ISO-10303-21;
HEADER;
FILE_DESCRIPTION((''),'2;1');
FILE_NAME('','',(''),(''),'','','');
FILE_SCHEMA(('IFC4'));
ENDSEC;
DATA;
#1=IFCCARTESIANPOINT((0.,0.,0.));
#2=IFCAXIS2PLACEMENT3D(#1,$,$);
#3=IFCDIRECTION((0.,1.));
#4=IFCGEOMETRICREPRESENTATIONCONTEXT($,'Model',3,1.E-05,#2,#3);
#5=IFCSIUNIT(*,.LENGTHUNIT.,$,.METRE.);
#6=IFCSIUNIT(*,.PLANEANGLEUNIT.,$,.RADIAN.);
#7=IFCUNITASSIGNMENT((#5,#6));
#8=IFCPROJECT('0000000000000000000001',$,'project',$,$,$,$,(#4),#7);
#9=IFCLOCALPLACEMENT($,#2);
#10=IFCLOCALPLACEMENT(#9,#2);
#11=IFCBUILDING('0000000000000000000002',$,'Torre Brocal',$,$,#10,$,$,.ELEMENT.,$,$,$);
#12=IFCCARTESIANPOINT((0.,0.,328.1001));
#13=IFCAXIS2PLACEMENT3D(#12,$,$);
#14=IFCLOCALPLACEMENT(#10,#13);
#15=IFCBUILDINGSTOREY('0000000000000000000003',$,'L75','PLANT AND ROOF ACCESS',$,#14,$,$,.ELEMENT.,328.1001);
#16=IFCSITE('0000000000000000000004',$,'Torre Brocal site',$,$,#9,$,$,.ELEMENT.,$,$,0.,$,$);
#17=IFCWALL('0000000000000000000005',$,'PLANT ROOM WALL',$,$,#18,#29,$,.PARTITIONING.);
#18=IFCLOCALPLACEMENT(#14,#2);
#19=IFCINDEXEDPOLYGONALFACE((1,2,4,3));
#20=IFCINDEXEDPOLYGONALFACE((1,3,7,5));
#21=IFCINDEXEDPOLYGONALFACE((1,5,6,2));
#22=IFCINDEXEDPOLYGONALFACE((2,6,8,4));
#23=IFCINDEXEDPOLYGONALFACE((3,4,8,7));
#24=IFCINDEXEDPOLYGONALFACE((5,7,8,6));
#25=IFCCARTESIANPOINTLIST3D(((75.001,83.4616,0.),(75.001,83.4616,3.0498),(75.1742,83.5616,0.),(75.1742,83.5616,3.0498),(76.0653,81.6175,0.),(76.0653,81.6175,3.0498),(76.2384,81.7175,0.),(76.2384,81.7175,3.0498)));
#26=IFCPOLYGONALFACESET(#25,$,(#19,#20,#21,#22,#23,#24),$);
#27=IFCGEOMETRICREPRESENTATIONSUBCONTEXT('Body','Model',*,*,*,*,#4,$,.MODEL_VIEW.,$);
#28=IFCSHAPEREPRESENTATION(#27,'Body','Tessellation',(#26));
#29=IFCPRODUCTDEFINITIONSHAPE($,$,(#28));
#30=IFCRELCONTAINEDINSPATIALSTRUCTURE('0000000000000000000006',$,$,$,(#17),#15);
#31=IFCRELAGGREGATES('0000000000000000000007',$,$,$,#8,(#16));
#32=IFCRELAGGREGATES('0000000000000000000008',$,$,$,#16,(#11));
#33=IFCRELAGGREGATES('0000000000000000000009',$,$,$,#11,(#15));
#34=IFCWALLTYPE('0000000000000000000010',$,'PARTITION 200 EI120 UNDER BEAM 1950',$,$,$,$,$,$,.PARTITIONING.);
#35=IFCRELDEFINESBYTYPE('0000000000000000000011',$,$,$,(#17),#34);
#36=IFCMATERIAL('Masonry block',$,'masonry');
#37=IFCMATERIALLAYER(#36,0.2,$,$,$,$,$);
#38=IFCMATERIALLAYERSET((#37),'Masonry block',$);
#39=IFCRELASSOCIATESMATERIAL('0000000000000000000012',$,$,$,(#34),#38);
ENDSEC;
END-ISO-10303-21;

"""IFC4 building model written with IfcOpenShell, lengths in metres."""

from ifc_helpers import new_model, si_unit, direction, frame, frame_2d, origin, place, context, subcontext, project, spatial, rectangle, extrude, material, layer, layer_set, type_object, element, save


model = new_model("IFC4")

# Units and contexts
model_context = context("Model", 3, precision=1e-05, world=origin(), true_north=direction((0.0, 1.0)))
body_context = subcontext(model_context, "Body", "Model", "MODEL_VIEW")
ifc_project = project(units=[si_unit("LENGTHUNIT", "METRE"), si_unit("PLANEANGLEUNIT", "RADIAN")], contexts=[model_context])

# Site, building, storey
site_placement = place(None, origin())
site = spatial("IfcSite", under=ifc_project, at=site_placement, Name="Torre Brocal site", CompositionType="ELEMENT", RefElevation=0.0)
building_placement = place(site_placement, origin())
building = spatial("IfcBuilding", under=site, at=building_placement, Name="Torre Brocal", CompositionType="ELEMENT")
storey_placement = place(building_placement, frame((0.0, 0.0, 328.1001)))
storey = spatial("IfcBuildingStorey", under=building, at=storey_placement, Name="L75", Description="PLANT AND ROOF ACCESS", CompositionType="ELEMENT", Elevation=328.1001)

# Wall
ifc_material_1 = material(Name="Masonry block", Category="masonry")
ifc_layer_1 = layer(ifc_material_1, 0.2)
ifc_layer_set_1 = layer_set([ifc_layer_1], Name="Masonry block")
wall_type_1 = type_object("IfcWallType", Name="PARTITION 200 EI120 UNDER BEAM 1950", PredefinedType="PARTITIONING", material=ifc_layer_set_1)
wall_1_placement = place(storey_placement, frame((75.0876, 83.5115, 0.0), z_axis=(0.0, 0.0, 1.0), x_axis=(0.499852, -0.866111, 0.0)))
element("IfcWall", 1, at=wall_1_placement, inside=storey, type_object=wall_type_1, Name="PLANT ROOM WALL", PredefinedType="PARTITIONING", context=body_context, shape_type="SweptSolid", body=[
    extrude(rectangle(XDim=2.1292, YDim=0.2, at=frame_2d((1.0645, 0.0))), origin(), (0.0, 0.0, 1.0), 3.0498),
])

save(model, "model.ifc")
